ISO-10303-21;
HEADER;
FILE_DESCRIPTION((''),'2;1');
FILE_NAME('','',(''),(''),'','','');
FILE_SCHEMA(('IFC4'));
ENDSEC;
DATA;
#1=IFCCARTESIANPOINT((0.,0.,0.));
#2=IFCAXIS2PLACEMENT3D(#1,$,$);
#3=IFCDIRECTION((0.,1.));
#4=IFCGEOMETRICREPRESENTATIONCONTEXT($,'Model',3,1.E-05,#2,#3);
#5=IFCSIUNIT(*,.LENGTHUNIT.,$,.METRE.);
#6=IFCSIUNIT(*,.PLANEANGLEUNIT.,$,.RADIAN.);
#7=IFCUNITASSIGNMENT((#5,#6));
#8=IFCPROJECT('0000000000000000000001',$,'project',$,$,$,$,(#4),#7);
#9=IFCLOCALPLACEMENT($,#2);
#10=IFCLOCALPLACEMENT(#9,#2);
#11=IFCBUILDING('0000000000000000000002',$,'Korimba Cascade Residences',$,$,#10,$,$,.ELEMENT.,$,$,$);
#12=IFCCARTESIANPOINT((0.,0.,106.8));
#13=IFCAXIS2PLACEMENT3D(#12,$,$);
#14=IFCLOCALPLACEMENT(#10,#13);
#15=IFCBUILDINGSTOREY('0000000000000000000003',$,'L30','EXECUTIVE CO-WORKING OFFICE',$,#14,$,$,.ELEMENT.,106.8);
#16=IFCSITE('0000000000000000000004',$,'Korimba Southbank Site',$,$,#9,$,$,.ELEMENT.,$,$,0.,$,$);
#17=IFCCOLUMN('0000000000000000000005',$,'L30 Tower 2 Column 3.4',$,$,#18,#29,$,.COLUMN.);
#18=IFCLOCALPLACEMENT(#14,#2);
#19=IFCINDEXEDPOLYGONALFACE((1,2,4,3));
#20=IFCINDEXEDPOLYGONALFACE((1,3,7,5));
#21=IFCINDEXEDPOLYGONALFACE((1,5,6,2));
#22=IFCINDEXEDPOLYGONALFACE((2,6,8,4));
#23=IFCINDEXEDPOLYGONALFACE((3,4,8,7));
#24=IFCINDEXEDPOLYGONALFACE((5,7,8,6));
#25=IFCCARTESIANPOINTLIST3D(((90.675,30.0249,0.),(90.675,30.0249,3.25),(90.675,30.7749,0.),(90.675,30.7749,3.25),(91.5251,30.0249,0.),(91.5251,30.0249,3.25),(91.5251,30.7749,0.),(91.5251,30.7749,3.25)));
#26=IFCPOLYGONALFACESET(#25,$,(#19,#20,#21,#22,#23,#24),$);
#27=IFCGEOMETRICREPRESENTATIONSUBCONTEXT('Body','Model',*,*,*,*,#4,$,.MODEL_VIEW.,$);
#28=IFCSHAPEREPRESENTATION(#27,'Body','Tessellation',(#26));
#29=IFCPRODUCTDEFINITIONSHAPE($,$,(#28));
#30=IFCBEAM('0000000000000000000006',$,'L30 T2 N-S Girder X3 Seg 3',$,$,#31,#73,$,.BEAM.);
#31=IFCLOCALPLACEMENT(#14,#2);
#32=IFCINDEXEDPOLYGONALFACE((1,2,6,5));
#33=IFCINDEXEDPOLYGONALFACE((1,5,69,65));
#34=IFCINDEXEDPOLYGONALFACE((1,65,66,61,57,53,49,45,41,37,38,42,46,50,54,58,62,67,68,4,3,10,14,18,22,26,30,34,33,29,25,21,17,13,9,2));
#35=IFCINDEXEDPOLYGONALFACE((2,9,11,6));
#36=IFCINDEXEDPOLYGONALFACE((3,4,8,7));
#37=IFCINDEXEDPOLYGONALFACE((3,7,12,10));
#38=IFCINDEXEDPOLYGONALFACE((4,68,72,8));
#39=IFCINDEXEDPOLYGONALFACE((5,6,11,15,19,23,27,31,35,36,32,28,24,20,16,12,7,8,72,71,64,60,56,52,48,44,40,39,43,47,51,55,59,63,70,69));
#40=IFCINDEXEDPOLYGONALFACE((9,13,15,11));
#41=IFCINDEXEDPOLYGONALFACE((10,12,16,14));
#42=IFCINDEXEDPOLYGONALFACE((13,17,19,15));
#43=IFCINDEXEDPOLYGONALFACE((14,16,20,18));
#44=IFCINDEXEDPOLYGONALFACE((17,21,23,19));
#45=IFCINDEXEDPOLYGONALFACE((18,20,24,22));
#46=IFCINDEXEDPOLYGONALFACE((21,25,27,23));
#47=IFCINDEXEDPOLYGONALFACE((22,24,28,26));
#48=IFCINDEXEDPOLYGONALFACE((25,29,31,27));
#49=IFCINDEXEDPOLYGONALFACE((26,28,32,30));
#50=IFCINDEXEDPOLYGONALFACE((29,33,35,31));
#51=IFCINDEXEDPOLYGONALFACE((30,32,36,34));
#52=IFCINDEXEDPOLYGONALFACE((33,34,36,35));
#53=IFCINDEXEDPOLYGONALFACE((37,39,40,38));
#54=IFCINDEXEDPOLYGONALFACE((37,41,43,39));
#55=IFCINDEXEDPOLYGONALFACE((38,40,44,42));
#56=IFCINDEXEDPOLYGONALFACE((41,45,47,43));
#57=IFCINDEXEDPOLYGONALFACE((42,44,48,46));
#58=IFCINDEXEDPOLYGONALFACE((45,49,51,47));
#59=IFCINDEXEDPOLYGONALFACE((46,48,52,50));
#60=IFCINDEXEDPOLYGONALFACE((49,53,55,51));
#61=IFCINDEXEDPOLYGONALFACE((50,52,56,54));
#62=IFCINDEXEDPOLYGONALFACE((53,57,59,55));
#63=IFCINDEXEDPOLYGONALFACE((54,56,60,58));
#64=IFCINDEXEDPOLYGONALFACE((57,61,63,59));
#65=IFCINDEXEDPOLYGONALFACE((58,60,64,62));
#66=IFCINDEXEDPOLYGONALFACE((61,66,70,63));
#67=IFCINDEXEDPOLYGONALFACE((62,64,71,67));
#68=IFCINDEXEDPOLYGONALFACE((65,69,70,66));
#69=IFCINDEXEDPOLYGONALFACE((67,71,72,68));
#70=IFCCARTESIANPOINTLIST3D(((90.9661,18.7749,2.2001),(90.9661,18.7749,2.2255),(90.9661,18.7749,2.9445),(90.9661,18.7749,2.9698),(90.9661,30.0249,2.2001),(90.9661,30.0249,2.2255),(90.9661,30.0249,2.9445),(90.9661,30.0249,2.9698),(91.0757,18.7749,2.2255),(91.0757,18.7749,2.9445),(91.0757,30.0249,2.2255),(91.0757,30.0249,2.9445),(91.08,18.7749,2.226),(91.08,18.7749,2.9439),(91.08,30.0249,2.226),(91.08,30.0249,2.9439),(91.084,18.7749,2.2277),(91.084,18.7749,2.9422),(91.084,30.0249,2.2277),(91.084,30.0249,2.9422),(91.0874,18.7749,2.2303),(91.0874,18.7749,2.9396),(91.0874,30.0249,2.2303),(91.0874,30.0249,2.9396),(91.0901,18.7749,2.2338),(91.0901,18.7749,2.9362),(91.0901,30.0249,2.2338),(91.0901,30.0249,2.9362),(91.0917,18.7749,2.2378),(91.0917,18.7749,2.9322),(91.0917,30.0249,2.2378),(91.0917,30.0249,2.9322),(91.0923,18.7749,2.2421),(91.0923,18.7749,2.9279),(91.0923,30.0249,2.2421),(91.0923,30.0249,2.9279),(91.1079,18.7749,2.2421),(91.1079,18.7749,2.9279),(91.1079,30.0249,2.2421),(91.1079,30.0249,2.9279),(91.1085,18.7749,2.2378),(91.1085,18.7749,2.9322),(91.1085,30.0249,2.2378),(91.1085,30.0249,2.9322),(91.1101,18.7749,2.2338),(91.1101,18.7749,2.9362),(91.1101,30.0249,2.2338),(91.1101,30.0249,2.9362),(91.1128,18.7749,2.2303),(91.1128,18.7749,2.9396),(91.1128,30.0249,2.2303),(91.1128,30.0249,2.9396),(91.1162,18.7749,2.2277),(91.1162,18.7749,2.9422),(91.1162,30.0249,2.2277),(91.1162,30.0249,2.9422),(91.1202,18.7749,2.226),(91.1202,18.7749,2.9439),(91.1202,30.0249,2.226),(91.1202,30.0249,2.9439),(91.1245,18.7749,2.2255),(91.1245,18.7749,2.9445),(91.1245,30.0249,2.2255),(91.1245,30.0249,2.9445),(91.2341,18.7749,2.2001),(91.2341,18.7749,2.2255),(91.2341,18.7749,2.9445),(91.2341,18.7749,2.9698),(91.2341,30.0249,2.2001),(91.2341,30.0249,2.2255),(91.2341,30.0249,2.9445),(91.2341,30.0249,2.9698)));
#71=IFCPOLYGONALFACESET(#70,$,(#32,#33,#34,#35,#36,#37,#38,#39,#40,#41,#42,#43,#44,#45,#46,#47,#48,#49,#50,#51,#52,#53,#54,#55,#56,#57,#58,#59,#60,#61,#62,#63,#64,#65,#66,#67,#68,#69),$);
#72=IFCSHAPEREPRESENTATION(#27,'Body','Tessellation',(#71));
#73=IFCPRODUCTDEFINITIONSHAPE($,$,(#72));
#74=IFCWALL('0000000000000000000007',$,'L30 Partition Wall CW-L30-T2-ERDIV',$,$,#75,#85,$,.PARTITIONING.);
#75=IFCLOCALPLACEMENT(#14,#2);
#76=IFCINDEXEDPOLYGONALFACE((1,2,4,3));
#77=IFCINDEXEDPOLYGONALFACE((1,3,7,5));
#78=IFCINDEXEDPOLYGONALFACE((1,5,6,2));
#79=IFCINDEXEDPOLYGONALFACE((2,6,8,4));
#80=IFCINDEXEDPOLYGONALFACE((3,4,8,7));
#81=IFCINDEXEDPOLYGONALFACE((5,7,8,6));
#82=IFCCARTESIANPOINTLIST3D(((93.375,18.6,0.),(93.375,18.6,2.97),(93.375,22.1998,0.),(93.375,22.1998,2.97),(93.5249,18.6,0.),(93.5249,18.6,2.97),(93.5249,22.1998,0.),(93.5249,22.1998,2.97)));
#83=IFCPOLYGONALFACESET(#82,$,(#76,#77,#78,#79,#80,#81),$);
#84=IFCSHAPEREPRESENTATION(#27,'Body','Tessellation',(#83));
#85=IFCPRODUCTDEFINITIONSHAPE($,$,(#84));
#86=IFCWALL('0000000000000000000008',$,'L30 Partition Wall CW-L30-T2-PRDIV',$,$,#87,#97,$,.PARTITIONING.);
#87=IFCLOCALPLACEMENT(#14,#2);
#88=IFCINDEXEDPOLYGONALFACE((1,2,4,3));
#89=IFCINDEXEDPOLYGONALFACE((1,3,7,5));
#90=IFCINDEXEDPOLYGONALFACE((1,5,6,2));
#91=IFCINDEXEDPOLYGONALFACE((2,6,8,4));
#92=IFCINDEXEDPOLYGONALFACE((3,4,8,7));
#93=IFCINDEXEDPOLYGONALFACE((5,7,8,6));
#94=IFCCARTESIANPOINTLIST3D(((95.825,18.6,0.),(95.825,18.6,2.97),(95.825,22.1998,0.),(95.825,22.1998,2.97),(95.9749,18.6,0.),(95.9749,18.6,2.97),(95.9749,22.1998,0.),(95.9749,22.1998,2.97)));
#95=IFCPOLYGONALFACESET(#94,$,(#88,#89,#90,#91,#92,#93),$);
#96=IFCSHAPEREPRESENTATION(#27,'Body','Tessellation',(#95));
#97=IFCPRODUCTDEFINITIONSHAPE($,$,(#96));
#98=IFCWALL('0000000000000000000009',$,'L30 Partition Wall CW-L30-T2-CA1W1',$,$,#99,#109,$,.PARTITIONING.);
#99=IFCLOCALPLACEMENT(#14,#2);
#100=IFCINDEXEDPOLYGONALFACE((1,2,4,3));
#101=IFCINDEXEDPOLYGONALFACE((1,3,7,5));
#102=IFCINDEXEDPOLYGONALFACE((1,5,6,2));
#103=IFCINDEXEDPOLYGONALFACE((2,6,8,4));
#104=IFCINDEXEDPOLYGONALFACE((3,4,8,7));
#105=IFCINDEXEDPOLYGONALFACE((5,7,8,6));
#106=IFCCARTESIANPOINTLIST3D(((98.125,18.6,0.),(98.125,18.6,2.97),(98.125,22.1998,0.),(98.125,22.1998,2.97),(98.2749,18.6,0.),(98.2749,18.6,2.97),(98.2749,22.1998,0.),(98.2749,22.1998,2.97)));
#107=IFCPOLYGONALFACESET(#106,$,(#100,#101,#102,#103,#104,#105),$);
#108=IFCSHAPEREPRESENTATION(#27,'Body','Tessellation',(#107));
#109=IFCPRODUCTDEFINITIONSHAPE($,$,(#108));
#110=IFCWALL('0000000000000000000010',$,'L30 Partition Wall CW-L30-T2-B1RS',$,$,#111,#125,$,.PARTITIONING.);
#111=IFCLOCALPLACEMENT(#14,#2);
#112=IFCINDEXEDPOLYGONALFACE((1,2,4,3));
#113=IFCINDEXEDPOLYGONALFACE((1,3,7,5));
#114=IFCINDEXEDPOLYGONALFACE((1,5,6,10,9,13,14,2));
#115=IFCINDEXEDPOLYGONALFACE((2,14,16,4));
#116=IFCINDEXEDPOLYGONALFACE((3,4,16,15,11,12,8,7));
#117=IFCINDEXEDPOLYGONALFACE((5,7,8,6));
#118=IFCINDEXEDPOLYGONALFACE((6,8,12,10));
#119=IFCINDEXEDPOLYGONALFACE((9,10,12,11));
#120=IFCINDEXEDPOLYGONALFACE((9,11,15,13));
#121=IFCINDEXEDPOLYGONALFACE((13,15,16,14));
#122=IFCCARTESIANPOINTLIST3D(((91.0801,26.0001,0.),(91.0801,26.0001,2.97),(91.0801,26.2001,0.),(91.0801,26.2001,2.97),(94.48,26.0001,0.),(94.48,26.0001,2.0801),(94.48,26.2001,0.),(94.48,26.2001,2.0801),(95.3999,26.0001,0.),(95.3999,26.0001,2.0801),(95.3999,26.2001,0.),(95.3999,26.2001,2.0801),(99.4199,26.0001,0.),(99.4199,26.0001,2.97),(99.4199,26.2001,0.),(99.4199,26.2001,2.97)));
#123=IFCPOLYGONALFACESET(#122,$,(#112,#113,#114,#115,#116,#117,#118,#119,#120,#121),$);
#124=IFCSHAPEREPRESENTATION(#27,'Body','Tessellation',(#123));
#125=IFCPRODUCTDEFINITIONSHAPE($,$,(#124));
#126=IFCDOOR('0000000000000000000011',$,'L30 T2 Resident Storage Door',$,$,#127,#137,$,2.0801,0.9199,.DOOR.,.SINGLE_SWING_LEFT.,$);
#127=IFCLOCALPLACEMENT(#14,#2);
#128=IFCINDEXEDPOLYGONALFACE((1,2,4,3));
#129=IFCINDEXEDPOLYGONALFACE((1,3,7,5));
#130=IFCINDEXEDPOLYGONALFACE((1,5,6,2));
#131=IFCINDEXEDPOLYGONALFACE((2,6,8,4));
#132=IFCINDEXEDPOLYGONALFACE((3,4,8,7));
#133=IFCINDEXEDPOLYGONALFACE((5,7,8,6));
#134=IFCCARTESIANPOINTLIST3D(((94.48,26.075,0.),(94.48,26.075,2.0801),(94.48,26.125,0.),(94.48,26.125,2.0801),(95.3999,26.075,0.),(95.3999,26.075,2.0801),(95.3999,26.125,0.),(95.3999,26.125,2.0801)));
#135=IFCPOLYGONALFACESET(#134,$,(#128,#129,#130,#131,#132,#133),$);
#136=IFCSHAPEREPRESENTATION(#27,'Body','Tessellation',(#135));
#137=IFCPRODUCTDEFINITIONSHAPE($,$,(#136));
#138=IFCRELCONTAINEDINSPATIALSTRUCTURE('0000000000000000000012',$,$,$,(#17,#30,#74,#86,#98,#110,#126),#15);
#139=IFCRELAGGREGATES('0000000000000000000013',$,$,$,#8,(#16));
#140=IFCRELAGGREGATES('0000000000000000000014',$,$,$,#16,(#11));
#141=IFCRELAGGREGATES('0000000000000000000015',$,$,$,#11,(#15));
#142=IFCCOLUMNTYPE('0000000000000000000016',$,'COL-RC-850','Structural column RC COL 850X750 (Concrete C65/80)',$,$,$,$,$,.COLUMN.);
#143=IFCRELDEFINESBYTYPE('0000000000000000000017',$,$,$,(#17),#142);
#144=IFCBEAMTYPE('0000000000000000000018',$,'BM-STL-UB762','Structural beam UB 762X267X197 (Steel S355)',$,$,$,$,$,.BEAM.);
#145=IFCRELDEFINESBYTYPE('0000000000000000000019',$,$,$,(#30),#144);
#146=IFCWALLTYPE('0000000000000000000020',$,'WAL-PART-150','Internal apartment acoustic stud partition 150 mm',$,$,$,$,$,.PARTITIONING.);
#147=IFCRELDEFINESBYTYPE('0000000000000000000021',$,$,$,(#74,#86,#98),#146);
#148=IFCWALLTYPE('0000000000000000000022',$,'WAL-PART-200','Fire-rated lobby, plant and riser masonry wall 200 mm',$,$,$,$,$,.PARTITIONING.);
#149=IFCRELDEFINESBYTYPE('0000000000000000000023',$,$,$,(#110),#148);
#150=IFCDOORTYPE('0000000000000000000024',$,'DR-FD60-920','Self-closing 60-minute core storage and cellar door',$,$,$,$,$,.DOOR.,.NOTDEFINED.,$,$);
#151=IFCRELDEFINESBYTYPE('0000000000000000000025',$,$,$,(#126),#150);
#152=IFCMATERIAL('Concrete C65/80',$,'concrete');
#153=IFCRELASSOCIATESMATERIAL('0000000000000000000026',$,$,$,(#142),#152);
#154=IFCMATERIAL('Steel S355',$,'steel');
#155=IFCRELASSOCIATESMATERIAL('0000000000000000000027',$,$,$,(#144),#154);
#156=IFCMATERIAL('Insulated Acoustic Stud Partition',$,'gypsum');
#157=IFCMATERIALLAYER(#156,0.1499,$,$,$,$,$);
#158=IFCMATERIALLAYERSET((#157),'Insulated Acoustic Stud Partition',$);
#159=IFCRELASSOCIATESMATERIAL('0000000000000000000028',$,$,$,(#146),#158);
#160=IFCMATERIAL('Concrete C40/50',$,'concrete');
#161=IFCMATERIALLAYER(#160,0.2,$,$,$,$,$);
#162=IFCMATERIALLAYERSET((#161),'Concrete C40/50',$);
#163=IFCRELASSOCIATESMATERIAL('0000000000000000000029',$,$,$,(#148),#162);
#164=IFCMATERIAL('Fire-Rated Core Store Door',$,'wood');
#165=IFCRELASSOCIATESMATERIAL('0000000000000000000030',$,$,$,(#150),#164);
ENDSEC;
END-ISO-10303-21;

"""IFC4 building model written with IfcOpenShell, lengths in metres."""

from ifc_helpers import new_model, si_unit, direction, frame, frame_2d, origin, origin_2d, place, context, subcontext, project, spatial, rectangle, i_section, extrude, material, layer, layer_set, material_profile, profile_set, type_object, element, fill, save


model = new_model("IFC4")

# Units and contexts
model_context = context("Model", 3, precision=1e-05, world=origin(), true_north=direction((0.0, 1.0)))
body_context = subcontext(model_context, "Body", "Model", "MODEL_VIEW")
ifc_project = project(units=[si_unit("LENGTHUNIT", "METRE"), si_unit("PLANEANGLEUNIT", "RADIAN")], contexts=[model_context])

# Site, building, storey
site_placement = place(None, origin())
site = spatial("IfcSite", under=ifc_project, at=site_placement, Name="Korimba Southbank Site", CompositionType="ELEMENT", RefElevation=0.0)
building_placement = place(site_placement, origin())
building = spatial("IfcBuilding", under=site, at=building_placement, Name="Korimba Cascade Residences", CompositionType="ELEMENT")
storey_placement = place(building_placement, frame((0.0, 0.0, 106.8)))
storey = spatial("IfcBuildingStorey", under=building, at=storey_placement, Name="L30", Description="EXECUTIVE CO-WORKING OFFICE", CompositionType="ELEMENT", Elevation=106.8)

# Column
ifc_material_1 = material(Name="Concrete C65/80", Category="concrete")
ifc_material_profile_1 = material_profile(ifc_material_1, rectangle(XDim=0.8501, YDim=0.75, at=origin_2d()), Name="Concrete C65/80")
ifc_profile_set_1 = profile_set([ifc_material_profile_1], Name="Concrete C65/80")
column_type = type_object("IfcColumnType", Name="COL-RC-850", Description="Structural column RC COL 850X750 (Concrete C65/80)", PredefinedType="COLUMN", material=ifc_profile_set_1)
column_placement = place(storey_placement, frame((91.1001, 30.3999, 0.0), z_axis=(0.0, 0.0, 1.0), x_axis=(1.0, 0.0, 0.0)))
element("IfcColumn", 1, at=column_placement, inside=storey, type_object=column_type, Name="L30 Tower 2 Column 3.4", PredefinedType="COLUMN", context=body_context, shape_type="SweptSolid", body=[
    extrude(rectangle(XDim=0.8501, YDim=0.75, at=origin_2d()), origin(), (0.0, 0.0, 1.0), 3.25),
])

# Beam
ifc_material_2 = material(Name="Steel S355", Category="steel")
ifc_material_profile_2 = material_profile(ifc_material_2, i_section(OverallWidth=0.2681, OverallDepth=0.7698, WebThickness=0.0156, FlangeThickness=0.0254, FilletRadius=0.0166, at=origin_2d()), Name="Steel S355")
ifc_profile_set_2 = profile_set([ifc_material_profile_2], Name="Steel S355")
beam_type = type_object("IfcBeamType", Name="BM-STL-UB762", Description="Structural beam UB 762X267X197 (Steel S355)", PredefinedType="BEAM", material=ifc_profile_set_2)
beam_placement = place(storey_placement, frame((91.1001, 18.7749, 2.585), z_axis=(0.0, 1.0, 0.0), x_axis=(-1.0, 0.0, 0.0)))
element("IfcBeam", 2, at=beam_placement, inside=storey, type_object=beam_type, Name="L30 T2 N-S Girder X3 Seg 3", PredefinedType="BEAM", context=body_context, shape_type="SweptSolid", body=[
    extrude(i_section(OverallWidth=0.2681, OverallDepth=0.7698, WebThickness=0.0156, FlangeThickness=0.0254, FilletRadius=0.0166, at=origin_2d()), origin(), (0.0, 0.0, 1.0), 11.25),
])

# Walls
ifc_material_3 = material(Name="Insulated Acoustic Stud Partition", Category="gypsum")
ifc_layer_1 = layer(ifc_material_3, 0.1499)
ifc_layer_set_1 = layer_set([ifc_layer_1], Name="Insulated Acoustic Stud Partition")
wall_type_1 = type_object("IfcWallType", Name="WAL-PART-150", Description="Internal apartment acoustic stud partition 150 mm", PredefinedType="PARTITIONING", material=ifc_layer_set_1)
for number, where, z_axis, x_axis, name in (
    (3, (93.45, 18.6001, 0.0), (0.0, 0.0, 1.0), (0.0, 1.0, 0.0), "L30 Partition Wall CW-L30-T2-ERDIV"),
    (4, (95.8999, 18.6001, 0.0), (0.0, 0.0, 1.0), (0.0, 1.0, 0.0), "L30 Partition Wall CW-L30-T2-PRDIV"),
    (5, (98.2, 18.6001, 0.0), (0.0, 0.0, 1.0), (0.0, 1.0, 0.0), "L30 Partition Wall CW-L30-T2-CA1W1"),
):
    element("IfcWall", number, at=place(storey_placement, frame(where, z_axis=z_axis, x_axis=x_axis)), inside=storey, type_object=wall_type_1, Name=name, PredefinedType="PARTITIONING", context=body_context, shape_type="SweptSolid", body=[
        extrude(rectangle(XDim=3.5999, YDim=0.1499, at=frame_2d((1.7998, 0.0))), origin(), (0.0, 0.0, 1.0), 2.97),
    ])

# Wall, opening, door
ifc_material_4 = material(Name="Concrete C40/50", Category="concrete")
ifc_layer_2 = layer(ifc_material_4, 0.2)
ifc_layer_set_2 = layer_set([ifc_layer_2], Name="Concrete C40/50")
wall_type_2 = type_object("IfcWallType", Name="WAL-PART-200", Description="Fire-rated lobby, plant and riser masonry wall 200 mm", PredefinedType="PARTITIONING", material=ifc_layer_set_2)
wall_1_placement = place(storey_placement, frame((91.0801, 26.1001, 0.0), z_axis=(0.0, 0.0, 1.0), x_axis=(1.0, 0.0, 0.0)))
wall_1 = element("IfcWall", 6, at=wall_1_placement, inside=storey, type_object=wall_type_2, Name="L30 Partition Wall CW-L30-T2-B1RS", PredefinedType="PARTITIONING", context=body_context, shape_type="SweptSolid", body=[
    extrude(rectangle(XDim=8.3398, YDim=0.2, at=frame_2d((4.1699, 0.0))), origin(), (0.0, 0.0, 1.0), 2.97),
])
opening_1_placement = place(wall_1_placement, frame((3.3999, 0.0, 0.0)))
opening_1 = element("IfcOpeningElement", 7, at=opening_1_placement, cuts=wall_1, PredefinedType="OPENING", context=body_context, shape_type="SweptSolid", body=[
    extrude(rectangle(XDim=0.9199, YDim=2.0801, at=frame_2d((0.46, 1.04))), frame((0.0, 0.1099, 0.0), z_axis=(0.0, -1.0, 0.0), x_axis=(1.0, 0.0, 0.0)), (0.0, 0.0, 1.0), 0.22),
])
ifc_material_5 = material(Name="Fire-Rated Core Store Door", Category="wood")
door_type_1 = type_object("IfcDoorType", Name="DR-FD60-920", Description="Self-closing 60-minute core storage and cellar door", OperationType="NOTDEFINED", PredefinedType="DOOR", material=ifc_material_5)
door_1_placement = place(opening_1_placement, origin())
door_1 = element("IfcDoor", 8, at=door_1_placement, inside=storey, type_object=door_type_1, Name="L30 T2 Resident Storage Door", OperationType="SINGLE_SWING_LEFT", OverallHeight=2.0801, OverallWidth=0.9199, PredefinedType="DOOR", context=body_context, shape_type="SweptSolid", body=[
    extrude(rectangle(XDim=0.9199, YDim=2.0801, at=frame_2d((0.46, 1.04))), frame((0.0, 0.0249, 0.0), z_axis=(0.0, -1.0, 0.0), x_axis=(1.0, 0.0, 0.0)), (0.0, 0.0, 1.0), 0.05),
])
fill(opening_1, door_1)

save(model, "model.ifc")
